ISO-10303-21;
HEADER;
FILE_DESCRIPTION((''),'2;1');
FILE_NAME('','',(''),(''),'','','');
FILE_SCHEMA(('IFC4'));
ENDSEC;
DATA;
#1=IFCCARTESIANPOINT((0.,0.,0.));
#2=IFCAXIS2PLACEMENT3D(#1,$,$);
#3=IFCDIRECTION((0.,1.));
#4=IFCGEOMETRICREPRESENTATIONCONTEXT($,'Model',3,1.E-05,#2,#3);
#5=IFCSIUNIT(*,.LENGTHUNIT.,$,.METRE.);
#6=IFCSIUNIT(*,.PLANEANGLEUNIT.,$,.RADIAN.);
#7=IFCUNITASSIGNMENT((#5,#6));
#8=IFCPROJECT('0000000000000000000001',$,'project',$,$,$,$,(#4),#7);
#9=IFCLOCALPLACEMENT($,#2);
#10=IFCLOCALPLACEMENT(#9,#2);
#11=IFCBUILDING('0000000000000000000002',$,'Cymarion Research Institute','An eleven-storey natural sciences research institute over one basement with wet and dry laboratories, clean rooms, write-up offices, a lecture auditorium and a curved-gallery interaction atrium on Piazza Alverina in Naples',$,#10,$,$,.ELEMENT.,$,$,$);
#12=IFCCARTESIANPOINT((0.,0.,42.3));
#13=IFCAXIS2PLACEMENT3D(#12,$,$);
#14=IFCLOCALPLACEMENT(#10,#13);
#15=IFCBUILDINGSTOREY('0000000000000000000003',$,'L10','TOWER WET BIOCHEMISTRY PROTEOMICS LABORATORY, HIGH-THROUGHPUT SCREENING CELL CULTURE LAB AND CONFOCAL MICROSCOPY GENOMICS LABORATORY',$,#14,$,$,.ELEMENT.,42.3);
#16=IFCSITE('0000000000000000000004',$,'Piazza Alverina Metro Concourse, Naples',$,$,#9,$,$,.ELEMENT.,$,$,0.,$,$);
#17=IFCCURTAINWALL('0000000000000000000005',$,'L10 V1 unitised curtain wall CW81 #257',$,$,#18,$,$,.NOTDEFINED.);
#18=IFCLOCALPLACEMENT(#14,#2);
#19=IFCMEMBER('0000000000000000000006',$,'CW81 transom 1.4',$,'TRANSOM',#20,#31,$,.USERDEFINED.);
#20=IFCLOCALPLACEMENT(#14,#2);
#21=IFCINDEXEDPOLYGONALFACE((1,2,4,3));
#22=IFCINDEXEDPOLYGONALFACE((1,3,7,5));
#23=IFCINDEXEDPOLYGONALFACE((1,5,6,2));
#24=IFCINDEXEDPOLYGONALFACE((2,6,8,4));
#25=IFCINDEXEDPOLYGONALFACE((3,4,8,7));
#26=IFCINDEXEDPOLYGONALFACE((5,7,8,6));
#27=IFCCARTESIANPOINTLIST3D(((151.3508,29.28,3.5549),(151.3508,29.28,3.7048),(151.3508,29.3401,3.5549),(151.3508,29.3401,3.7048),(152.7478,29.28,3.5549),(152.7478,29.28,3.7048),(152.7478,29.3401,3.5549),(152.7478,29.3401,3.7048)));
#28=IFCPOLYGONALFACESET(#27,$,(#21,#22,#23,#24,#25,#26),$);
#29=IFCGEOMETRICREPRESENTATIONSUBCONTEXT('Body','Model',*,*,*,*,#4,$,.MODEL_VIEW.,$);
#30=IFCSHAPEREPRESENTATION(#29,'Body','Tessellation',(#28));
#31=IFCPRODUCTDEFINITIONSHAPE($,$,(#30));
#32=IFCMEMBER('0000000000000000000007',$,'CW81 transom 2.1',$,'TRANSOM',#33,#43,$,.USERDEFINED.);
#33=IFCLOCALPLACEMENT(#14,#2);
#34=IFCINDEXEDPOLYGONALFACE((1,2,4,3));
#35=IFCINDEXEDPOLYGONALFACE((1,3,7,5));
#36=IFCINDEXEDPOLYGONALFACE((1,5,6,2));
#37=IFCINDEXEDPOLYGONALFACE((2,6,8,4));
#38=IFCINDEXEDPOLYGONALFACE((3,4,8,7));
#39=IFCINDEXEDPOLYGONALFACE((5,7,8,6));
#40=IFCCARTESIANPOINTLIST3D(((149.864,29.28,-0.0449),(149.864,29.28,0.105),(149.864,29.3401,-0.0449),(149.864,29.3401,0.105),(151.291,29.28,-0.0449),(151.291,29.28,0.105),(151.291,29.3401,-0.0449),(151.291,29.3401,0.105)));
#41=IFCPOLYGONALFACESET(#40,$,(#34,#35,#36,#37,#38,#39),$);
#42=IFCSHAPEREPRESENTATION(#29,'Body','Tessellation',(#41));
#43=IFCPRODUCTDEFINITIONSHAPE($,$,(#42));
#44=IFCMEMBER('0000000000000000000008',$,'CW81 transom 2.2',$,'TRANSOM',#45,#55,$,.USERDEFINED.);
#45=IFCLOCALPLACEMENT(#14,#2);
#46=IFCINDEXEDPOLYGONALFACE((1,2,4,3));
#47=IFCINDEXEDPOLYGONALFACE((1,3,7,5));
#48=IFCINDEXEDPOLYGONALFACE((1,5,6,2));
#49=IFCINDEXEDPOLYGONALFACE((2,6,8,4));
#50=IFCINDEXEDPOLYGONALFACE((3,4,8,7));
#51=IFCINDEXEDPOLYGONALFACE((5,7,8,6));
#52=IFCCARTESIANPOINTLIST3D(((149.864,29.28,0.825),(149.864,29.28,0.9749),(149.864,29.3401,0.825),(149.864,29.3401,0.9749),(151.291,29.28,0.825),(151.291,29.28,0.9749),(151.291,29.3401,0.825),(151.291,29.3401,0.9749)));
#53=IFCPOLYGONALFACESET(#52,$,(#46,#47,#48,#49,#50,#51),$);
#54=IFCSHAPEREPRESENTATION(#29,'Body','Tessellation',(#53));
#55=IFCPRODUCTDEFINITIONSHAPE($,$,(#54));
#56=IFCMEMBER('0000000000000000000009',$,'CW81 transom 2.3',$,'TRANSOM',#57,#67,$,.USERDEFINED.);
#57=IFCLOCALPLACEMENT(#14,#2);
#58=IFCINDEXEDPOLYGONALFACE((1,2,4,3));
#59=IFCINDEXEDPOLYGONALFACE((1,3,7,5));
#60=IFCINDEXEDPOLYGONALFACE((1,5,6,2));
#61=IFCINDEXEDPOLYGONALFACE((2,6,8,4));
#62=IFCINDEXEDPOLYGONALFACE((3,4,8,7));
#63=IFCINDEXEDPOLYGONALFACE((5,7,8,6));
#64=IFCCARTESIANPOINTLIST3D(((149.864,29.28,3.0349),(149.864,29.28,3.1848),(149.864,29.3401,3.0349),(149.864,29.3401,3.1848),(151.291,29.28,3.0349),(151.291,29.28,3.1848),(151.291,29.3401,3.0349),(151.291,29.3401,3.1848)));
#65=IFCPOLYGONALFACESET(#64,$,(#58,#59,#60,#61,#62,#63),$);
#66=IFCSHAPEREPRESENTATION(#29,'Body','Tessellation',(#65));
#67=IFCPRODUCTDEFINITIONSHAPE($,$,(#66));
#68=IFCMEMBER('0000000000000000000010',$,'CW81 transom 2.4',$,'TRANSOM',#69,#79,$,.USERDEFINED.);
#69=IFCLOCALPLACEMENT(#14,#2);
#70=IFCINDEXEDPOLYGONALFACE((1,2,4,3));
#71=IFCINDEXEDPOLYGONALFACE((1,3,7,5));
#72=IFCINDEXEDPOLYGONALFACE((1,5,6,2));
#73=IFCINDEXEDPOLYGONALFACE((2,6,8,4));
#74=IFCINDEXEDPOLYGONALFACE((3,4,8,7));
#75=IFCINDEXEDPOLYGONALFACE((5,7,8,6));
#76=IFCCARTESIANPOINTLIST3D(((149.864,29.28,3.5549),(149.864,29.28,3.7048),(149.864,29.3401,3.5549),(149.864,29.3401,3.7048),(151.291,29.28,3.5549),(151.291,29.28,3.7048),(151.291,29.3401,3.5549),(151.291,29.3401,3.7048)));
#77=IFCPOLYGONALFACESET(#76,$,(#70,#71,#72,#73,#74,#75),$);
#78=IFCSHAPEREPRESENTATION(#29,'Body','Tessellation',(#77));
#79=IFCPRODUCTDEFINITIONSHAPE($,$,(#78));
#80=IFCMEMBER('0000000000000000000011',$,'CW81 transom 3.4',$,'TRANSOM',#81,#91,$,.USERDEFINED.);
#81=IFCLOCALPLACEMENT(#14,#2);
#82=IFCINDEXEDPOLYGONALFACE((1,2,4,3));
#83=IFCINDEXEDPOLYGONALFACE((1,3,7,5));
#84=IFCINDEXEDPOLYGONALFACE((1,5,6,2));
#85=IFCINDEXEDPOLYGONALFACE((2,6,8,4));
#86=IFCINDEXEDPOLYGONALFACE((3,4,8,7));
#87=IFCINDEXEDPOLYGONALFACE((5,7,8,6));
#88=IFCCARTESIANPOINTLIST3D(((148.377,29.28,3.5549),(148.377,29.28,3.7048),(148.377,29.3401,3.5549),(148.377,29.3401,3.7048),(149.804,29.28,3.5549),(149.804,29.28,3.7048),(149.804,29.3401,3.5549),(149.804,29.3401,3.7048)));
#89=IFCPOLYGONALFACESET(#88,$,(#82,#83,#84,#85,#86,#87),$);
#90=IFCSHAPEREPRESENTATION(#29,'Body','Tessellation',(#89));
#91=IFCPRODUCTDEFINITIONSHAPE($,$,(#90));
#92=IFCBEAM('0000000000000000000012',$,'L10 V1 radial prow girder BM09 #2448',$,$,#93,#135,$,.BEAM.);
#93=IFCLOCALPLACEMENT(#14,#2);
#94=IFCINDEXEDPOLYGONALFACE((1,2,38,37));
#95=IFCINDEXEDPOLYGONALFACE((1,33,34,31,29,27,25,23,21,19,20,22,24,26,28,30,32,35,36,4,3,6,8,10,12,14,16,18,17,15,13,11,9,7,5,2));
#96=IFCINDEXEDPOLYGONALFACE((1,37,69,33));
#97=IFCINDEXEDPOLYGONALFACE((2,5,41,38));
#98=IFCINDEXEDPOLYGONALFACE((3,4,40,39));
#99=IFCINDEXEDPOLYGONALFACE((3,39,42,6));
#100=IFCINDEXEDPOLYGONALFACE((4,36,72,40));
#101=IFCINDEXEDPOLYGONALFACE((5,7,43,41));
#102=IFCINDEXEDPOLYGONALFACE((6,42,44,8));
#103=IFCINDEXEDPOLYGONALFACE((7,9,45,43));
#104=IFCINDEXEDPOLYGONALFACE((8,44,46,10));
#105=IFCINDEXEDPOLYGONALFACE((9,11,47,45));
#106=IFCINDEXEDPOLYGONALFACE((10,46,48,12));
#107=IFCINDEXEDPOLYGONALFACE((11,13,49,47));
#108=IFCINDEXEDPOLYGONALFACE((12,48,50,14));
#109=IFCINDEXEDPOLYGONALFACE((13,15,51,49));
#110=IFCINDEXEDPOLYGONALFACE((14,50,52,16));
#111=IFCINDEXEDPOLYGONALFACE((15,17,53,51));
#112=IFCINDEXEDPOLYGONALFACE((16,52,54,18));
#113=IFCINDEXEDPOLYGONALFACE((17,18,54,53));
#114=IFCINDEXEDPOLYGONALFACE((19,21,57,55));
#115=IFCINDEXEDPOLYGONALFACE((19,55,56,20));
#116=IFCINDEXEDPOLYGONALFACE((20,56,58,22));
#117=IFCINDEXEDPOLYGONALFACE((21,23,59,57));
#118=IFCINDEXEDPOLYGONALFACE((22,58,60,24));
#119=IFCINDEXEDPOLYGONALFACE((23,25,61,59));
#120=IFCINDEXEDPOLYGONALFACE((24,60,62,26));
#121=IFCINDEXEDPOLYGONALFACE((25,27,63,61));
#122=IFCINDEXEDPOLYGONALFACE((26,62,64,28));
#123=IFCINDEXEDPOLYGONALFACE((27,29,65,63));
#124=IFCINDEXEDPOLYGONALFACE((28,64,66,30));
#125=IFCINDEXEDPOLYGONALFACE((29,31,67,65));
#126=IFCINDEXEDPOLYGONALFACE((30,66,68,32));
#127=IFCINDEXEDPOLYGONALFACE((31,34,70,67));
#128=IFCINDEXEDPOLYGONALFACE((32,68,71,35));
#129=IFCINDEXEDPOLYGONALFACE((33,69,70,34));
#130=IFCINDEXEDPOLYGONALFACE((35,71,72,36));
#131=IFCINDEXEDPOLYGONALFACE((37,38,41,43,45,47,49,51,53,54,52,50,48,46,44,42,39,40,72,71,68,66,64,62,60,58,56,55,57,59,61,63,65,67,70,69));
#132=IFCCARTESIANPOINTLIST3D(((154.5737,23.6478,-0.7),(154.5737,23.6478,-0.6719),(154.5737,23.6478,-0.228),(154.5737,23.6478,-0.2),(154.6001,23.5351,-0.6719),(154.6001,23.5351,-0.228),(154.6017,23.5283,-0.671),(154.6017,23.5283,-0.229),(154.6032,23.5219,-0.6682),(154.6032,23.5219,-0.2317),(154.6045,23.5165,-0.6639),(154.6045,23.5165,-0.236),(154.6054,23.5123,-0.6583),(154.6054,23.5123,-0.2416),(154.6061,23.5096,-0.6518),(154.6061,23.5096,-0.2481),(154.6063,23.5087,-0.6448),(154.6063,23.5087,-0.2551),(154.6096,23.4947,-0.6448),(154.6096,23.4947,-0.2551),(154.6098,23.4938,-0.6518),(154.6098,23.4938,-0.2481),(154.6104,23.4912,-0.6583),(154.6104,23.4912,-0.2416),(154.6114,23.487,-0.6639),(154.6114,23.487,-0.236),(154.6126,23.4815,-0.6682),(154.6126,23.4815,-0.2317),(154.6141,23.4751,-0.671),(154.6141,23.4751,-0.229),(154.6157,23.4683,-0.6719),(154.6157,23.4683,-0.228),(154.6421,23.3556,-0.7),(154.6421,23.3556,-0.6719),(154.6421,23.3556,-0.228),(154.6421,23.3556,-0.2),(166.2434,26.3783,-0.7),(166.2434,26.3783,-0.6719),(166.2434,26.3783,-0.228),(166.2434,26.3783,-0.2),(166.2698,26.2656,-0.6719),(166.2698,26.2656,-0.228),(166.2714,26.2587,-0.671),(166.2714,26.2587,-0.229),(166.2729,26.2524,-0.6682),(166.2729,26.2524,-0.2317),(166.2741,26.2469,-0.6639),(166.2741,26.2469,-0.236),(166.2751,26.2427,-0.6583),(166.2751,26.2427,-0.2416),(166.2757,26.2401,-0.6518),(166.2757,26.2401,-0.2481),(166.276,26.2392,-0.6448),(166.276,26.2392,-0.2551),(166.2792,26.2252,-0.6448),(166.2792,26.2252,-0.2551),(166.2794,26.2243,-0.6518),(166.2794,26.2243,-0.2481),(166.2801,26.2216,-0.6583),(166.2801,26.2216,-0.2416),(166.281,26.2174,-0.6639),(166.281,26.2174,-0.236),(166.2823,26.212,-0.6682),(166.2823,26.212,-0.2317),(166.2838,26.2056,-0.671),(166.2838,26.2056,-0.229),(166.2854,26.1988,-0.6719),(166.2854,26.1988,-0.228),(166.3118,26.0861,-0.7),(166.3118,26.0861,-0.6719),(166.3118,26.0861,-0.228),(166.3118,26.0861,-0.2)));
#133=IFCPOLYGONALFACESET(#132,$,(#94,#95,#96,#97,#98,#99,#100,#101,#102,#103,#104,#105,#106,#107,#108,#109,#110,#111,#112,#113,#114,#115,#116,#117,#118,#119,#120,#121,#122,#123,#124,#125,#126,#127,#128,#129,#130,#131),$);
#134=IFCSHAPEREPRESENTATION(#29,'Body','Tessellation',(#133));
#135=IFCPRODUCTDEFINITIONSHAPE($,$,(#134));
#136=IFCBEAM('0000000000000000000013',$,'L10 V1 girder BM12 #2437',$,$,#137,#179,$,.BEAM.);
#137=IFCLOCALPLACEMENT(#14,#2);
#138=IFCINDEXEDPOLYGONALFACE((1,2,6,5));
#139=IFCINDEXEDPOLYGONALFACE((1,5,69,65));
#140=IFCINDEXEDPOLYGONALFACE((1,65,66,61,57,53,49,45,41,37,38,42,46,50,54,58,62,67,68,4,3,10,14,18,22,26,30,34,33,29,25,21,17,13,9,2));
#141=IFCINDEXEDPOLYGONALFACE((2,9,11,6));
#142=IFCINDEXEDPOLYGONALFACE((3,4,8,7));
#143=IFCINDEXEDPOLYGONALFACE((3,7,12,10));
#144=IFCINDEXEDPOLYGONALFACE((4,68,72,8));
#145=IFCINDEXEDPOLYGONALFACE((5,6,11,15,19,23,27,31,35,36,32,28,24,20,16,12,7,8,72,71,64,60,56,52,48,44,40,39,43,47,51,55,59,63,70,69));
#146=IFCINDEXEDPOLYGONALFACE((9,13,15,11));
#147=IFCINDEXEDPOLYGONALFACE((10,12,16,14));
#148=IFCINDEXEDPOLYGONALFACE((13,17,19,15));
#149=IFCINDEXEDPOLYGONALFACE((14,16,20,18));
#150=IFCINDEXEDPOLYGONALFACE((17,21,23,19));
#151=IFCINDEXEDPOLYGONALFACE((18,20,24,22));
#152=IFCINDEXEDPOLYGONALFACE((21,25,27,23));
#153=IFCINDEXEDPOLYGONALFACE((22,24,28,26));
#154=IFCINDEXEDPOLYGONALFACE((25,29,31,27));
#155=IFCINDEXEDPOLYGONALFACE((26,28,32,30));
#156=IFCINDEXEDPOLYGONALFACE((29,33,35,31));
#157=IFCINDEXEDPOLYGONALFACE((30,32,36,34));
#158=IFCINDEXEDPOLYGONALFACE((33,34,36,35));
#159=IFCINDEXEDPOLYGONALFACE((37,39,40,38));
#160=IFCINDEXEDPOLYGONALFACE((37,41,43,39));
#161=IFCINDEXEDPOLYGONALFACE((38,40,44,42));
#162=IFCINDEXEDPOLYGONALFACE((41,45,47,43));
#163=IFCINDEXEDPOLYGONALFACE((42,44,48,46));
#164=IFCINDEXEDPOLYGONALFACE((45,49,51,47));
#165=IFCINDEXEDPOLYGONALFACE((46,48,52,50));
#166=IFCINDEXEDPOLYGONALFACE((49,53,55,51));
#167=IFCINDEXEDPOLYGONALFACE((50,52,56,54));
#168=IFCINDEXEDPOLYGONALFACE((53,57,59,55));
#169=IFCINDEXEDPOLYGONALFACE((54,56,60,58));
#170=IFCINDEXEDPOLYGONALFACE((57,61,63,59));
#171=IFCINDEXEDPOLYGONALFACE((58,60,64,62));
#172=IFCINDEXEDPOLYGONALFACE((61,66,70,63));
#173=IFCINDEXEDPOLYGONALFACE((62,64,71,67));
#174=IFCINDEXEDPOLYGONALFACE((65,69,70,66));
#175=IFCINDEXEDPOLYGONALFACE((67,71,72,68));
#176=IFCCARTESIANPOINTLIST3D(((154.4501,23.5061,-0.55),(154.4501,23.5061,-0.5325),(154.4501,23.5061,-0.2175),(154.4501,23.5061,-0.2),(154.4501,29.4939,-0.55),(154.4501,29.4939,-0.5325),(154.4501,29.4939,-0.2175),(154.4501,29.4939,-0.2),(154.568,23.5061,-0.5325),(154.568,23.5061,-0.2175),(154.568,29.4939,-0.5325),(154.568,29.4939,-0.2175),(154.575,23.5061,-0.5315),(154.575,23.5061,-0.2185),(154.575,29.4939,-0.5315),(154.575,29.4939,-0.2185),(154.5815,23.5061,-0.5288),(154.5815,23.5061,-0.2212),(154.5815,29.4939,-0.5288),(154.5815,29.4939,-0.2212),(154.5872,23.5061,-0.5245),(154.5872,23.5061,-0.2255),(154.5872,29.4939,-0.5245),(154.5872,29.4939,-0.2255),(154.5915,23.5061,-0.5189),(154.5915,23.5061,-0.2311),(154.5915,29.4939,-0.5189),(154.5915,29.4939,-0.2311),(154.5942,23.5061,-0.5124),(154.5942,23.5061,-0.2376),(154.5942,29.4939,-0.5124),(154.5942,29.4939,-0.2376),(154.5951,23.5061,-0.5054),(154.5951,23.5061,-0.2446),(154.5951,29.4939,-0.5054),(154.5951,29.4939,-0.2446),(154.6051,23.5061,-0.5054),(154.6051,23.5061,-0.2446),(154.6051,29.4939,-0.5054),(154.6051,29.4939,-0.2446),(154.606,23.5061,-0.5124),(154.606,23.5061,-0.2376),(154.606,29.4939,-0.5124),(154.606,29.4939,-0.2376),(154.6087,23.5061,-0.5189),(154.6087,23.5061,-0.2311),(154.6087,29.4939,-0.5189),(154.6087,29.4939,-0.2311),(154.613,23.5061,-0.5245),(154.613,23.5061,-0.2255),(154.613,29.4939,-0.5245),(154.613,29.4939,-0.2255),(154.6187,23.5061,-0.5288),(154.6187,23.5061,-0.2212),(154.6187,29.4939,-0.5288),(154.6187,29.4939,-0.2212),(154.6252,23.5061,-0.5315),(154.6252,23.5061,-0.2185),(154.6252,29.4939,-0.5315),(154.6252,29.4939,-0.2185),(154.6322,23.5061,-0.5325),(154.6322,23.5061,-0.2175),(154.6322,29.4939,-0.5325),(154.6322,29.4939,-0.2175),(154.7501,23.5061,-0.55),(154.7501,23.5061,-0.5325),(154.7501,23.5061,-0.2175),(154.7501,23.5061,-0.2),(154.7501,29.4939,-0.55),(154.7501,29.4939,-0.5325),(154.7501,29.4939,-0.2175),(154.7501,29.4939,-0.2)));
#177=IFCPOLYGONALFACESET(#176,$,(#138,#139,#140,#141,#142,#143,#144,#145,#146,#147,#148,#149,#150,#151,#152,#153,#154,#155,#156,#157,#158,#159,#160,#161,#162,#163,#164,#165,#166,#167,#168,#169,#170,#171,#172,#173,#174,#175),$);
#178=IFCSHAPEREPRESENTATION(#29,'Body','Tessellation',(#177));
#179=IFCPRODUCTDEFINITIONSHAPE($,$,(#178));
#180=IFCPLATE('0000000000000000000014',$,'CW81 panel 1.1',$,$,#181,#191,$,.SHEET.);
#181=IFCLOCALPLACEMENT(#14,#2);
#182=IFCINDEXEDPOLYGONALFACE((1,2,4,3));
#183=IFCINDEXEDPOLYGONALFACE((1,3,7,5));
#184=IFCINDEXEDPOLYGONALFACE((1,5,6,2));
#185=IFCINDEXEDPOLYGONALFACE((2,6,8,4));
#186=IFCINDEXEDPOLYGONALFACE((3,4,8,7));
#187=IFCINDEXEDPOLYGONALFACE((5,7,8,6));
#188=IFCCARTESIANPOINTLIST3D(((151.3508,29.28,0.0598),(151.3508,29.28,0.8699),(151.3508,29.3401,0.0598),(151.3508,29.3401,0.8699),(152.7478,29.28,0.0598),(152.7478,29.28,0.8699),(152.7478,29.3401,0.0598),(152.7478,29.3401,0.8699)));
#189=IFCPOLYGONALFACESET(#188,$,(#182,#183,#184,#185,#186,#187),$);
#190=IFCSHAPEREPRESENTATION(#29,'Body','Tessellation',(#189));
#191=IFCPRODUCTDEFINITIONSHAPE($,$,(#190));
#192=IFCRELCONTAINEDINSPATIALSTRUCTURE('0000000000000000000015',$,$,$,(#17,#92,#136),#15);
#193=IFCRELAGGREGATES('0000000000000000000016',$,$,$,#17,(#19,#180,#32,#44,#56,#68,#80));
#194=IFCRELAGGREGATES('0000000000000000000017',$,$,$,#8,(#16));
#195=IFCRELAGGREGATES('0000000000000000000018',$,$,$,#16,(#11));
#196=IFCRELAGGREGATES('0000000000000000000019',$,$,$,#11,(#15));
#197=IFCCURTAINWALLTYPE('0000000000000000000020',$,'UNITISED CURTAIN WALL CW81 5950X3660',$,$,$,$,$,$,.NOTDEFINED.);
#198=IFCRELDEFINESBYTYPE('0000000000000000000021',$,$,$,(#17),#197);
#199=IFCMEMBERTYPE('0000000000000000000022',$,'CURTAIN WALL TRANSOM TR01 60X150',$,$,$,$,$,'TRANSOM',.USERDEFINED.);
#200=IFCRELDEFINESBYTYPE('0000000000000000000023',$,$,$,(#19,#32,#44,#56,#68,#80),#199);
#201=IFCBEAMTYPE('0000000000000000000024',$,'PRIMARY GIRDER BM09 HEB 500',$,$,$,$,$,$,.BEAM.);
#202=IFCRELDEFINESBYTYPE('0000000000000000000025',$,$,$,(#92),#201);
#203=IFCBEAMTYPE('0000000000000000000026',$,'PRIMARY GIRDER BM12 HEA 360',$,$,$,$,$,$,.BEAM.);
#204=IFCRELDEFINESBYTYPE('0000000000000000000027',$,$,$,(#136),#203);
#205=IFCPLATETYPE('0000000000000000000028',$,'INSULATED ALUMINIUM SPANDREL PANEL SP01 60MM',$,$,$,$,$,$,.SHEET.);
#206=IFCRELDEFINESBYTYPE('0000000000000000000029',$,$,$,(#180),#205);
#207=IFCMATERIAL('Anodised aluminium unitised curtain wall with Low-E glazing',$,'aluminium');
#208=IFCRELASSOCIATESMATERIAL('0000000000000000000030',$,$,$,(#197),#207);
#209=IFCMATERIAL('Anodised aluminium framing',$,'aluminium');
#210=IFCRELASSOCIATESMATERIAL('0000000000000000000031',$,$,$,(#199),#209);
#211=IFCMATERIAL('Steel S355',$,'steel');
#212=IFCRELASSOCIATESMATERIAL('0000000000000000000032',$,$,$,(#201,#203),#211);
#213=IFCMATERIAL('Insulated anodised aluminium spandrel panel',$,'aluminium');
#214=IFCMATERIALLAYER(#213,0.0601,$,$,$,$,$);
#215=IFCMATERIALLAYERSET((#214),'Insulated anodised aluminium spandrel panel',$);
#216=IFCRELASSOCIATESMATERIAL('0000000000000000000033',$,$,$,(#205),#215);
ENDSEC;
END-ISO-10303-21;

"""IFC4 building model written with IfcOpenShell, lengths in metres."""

from ifc_helpers import new_model, si_unit, direction, frame, origin, origin_2d, place, context, subcontext, project, spatial, rectangle, i_section, extrude, material, layer, layer_set, material_profile, profile_set, type_object, element, aggregate, save


model = new_model("IFC4")

# Units and contexts
model_context = context("Model", 3, precision=1e-05, world=origin(), true_north=direction((0.0, 1.0)))
body_context = subcontext(model_context, "Body", "Model", "MODEL_VIEW")
ifc_project = project(units=[si_unit("LENGTHUNIT", "METRE"), si_unit("PLANEANGLEUNIT", "RADIAN")], contexts=[model_context])

# Site, building, storey
site_placement = place(None, origin())
site = spatial("IfcSite", under=ifc_project, at=site_placement, Name="Piazza Alverina Metro Concourse, Naples", CompositionType="ELEMENT", RefElevation=0.0)
building_placement = place(site_placement, origin())
building = spatial("IfcBuilding", under=site, at=building_placement, Name="Cymarion Research Institute", Description="An eleven-storey natural sciences research institute over one basement with wet and dry laboratories, clean rooms, write-up offices, a lecture auditorium and a curved-gallery interaction atrium on Piazza Alverina in Naples", CompositionType="ELEMENT")
storey_placement = place(building_placement, frame((0.0, 0.0, 42.3)))
storey = spatial("IfcBuildingStorey", under=building, at=storey_placement, Name="L10", Description="TOWER WET BIOCHEMISTRY PROTEOMICS LABORATORY, HIGH-THROUGHPUT SCREENING CELL CULTURE LAB AND CONFOCAL MICROSCOPY GENOMICS LABORATORY", CompositionType="ELEMENT", Elevation=42.3)

# Shared definitions
ifc_material_1 = material(Name="Steel S355", Category="steel")

# Shared definitions
ifc_material_2 = material(Name="Anodised aluminium unitised curtain wall with Low-E glazing", Category="aluminium")
ifc_material_3 = material(Name="Anodised aluminium framing", Category="aluminium")

# Curtain wall, members
curtain_wall_type_1 = type_object("IfcCurtainWallType", Name="UNITISED CURTAIN WALL CW81 5950X3660", PredefinedType="NOTDEFINED", material=ifc_material_2)
curtain_wall_1_placement = place(storey_placement, origin())
curtain_wall_1 = element("IfcCurtainWall", 1, at=curtain_wall_1_placement, inside=storey, type_object=curtain_wall_type_1, Name="L10 V1 unitised curtain wall CW81 #257", PredefinedType="NOTDEFINED")
ifc_material_profile_1 = material_profile(ifc_material_3, rectangle(XDim=0.0601, YDim=0.1499, at=origin_2d()), Name="ALU TRANSOM 60x150")
ifc_profile_set_1 = profile_set([ifc_material_profile_1], Name="Anodised aluminium framing")
member_type_1 = type_object("IfcMemberType", Name="CURTAIN WALL TRANSOM TR01 60X150", ElementType="TRANSOM", PredefinedType="USERDEFINED", material=ifc_profile_set_1)
member_1_placement = place(storey_placement, frame((152.7478, 29.3101, 3.6299), z_axis=(-1.0, 0.0, 0.0), x_axis=(0.0, -1.0, 0.0)))
member_1 = element("IfcMember", 2, at=member_1_placement, type_object=member_type_1, Name="CW81 transom 1.4", ObjectType="TRANSOM", PredefinedType="USERDEFINED", context=body_context, shape_type="SweptSolid", body=[
    extrude(rectangle(XDim=0.0601, YDim=0.1499, at=origin_2d()), origin(), (0.0, 0.0, 1.0), 1.397),
])
member_2_placement = place(storey_placement, frame((151.291, 29.3101, 0.03), z_axis=(-1.0, 0.0, 0.0), x_axis=(0.0, -1.0, 0.0)))
member_2 = element("IfcMember", 3, at=member_2_placement, type_object=member_type_1, Name="CW81 transom 2.1", ObjectType="TRANSOM", PredefinedType="USERDEFINED", context=body_context, shape_type="SweptSolid", body=[
    extrude(rectangle(XDim=0.0601, YDim=0.1499, at=origin_2d()), origin(), (0.0, 0.0, 1.0), 1.427),
])
member_3_placement = place(storey_placement, frame((151.291, 29.3101, 0.8999), z_axis=(-1.0, 0.0, 0.0), x_axis=(0.0, -1.0, 0.0)))
member_3 = element("IfcMember", 4, at=member_3_placement, type_object=member_type_1, Name="CW81 transom 2.2", ObjectType="TRANSOM", PredefinedType="USERDEFINED", context=body_context, shape_type="SweptSolid", body=[
    extrude(rectangle(XDim=0.0601, YDim=0.1499, at=origin_2d()), origin(), (0.0, 0.0, 1.0), 1.427),
])
member_4_placement = place(storey_placement, frame((151.291, 29.3101, 3.1099), z_axis=(-1.0, 0.0, 0.0), x_axis=(0.0, -1.0, 0.0)))
member_4 = element("IfcMember", 5, at=member_4_placement, type_object=member_type_1, Name="CW81 transom 2.3", ObjectType="TRANSOM", PredefinedType="USERDEFINED", context=body_context, shape_type="SweptSolid", body=[
    extrude(rectangle(XDim=0.0601, YDim=0.1499, at=origin_2d()), origin(), (0.0, 0.0, 1.0), 1.427),
])
member_5_placement = place(storey_placement, frame((151.291, 29.3101, 3.6299), z_axis=(-1.0, 0.0, 0.0), x_axis=(0.0, -1.0, 0.0)))
member_5 = element("IfcMember", 6, at=member_5_placement, type_object=member_type_1, Name="CW81 transom 2.4", ObjectType="TRANSOM", PredefinedType="USERDEFINED", context=body_context, shape_type="SweptSolid", body=[
    extrude(rectangle(XDim=0.0601, YDim=0.1499, at=origin_2d()), origin(), (0.0, 0.0, 1.0), 1.427),
])
member_6_placement = place(storey_placement, frame((149.804, 29.3101, 3.6299), z_axis=(-1.0, 0.0, 0.0), x_axis=(0.0, -1.0, 0.0)))
member_6 = element("IfcMember", 7, at=member_6_placement, type_object=member_type_1, Name="CW81 transom 3.4", ObjectType="TRANSOM", PredefinedType="USERDEFINED", context=body_context, shape_type="SweptSolid", body=[
    extrude(rectangle(XDim=0.0601, YDim=0.1499, at=origin_2d()), origin(), (0.0, 0.0, 1.0), 1.427),
])

# Beams
ifc_material_profile_2 = material_profile(ifc_material_1, i_section(OverallWidth=0.3, OverallDepth=0.5, WebThickness=0.0144, FlangeThickness=0.0281, FilletRadius=0.0271, at=origin_2d()), Name="HEB 500")
ifc_profile_set_2 = profile_set([ifc_material_profile_2], Name="Steel S355")
beam_type_1 = type_object("IfcBeamType", Name="PRIMARY GIRDER BM09 HEB 500", PredefinedType="BEAM", material=ifc_profile_set_2)
beam_1_placement = place(storey_placement, frame((154.6079, 23.5017, -0.45), z_axis=(0.973702, 0.227827, 0.0), x_axis=(-0.227827, 0.973702, 0.0)))
element("IfcBeam", 8, at=beam_1_placement, inside=storey, type_object=beam_type_1, Name="L10 V1 radial prow girder BM09 #2448", PredefinedType="BEAM", context=body_context, shape_type="SweptSolid", body=[
    extrude(i_section(OverallWidth=0.3, OverallDepth=0.5, WebThickness=0.0144, FlangeThickness=0.0281, FilletRadius=0.0271, at=origin_2d()), origin(), (0.0, 0.0, 1.0), 11.9849),
])
ifc_material_profile_3 = material_profile(ifc_material_1, i_section(OverallWidth=0.3, OverallDepth=0.3501, WebThickness=0.01, FlangeThickness=0.0176, FilletRadius=0.0271, at=origin_2d()), Name="HEA 360")
ifc_profile_set_3 = profile_set([ifc_material_profile_3], Name="Steel S355")
beam_type_2 = type_object("IfcBeamType", Name="PRIMARY GIRDER BM12 HEA 360", PredefinedType="BEAM", material=ifc_profile_set_3)
beam_2_placement = place(storey_placement, frame((154.6001, 23.5061, -0.375), z_axis=(0.0, 1.0, 0.0), x_axis=(-1.0, 0.0, 0.0)))
element("IfcBeam", 9, at=beam_2_placement, inside=storey, type_object=beam_type_2, Name="L10 V1 girder BM12 #2437", PredefinedType="BEAM", context=body_context, shape_type="SweptSolid", body=[
    extrude(i_section(OverallWidth=0.3, OverallDepth=0.3501, WebThickness=0.01, FlangeThickness=0.0176, FilletRadius=0.0271, at=origin_2d()), origin(), (0.0, 0.0, 1.0), 5.9878),
])

# Plate
ifc_material_4 = material(Name="Insulated anodised aluminium spandrel panel", Category="aluminium")
ifc_layer_1 = layer(ifc_material_4, 0.0601)
ifc_layer_set_1 = layer_set([ifc_layer_1], Name="Insulated anodised aluminium spandrel panel")
plate_type_1 = type_object("IfcPlateType", Name="INSULATED ALUMINIUM SPANDREL PANEL SP01 60MM", PredefinedType="SHEET", material=ifc_layer_set_1)
plate_1_placement = place(storey_placement, frame((152.0493, 29.3101, 0.0598), z_axis=(0.0, 0.0, 1.0), x_axis=(-1.0, 0.0, 0.0)))
plate_1 = element("IfcPlate", 10, at=plate_1_placement, type_object=plate_type_1, Name="CW81 panel 1.1", PredefinedType="SHEET", context=body_context, shape_type="SweptSolid", body=[
    extrude(rectangle(XDim=1.397, YDim=0.0601, at=origin_2d()), origin(), (0.0, 0.0, 1.0), 0.8101),
])
aggregate(curtain_wall_1, [member_1, plate_1, member_2, member_3, member_4, member_5, member_6])

save(model, "model.ifc")
